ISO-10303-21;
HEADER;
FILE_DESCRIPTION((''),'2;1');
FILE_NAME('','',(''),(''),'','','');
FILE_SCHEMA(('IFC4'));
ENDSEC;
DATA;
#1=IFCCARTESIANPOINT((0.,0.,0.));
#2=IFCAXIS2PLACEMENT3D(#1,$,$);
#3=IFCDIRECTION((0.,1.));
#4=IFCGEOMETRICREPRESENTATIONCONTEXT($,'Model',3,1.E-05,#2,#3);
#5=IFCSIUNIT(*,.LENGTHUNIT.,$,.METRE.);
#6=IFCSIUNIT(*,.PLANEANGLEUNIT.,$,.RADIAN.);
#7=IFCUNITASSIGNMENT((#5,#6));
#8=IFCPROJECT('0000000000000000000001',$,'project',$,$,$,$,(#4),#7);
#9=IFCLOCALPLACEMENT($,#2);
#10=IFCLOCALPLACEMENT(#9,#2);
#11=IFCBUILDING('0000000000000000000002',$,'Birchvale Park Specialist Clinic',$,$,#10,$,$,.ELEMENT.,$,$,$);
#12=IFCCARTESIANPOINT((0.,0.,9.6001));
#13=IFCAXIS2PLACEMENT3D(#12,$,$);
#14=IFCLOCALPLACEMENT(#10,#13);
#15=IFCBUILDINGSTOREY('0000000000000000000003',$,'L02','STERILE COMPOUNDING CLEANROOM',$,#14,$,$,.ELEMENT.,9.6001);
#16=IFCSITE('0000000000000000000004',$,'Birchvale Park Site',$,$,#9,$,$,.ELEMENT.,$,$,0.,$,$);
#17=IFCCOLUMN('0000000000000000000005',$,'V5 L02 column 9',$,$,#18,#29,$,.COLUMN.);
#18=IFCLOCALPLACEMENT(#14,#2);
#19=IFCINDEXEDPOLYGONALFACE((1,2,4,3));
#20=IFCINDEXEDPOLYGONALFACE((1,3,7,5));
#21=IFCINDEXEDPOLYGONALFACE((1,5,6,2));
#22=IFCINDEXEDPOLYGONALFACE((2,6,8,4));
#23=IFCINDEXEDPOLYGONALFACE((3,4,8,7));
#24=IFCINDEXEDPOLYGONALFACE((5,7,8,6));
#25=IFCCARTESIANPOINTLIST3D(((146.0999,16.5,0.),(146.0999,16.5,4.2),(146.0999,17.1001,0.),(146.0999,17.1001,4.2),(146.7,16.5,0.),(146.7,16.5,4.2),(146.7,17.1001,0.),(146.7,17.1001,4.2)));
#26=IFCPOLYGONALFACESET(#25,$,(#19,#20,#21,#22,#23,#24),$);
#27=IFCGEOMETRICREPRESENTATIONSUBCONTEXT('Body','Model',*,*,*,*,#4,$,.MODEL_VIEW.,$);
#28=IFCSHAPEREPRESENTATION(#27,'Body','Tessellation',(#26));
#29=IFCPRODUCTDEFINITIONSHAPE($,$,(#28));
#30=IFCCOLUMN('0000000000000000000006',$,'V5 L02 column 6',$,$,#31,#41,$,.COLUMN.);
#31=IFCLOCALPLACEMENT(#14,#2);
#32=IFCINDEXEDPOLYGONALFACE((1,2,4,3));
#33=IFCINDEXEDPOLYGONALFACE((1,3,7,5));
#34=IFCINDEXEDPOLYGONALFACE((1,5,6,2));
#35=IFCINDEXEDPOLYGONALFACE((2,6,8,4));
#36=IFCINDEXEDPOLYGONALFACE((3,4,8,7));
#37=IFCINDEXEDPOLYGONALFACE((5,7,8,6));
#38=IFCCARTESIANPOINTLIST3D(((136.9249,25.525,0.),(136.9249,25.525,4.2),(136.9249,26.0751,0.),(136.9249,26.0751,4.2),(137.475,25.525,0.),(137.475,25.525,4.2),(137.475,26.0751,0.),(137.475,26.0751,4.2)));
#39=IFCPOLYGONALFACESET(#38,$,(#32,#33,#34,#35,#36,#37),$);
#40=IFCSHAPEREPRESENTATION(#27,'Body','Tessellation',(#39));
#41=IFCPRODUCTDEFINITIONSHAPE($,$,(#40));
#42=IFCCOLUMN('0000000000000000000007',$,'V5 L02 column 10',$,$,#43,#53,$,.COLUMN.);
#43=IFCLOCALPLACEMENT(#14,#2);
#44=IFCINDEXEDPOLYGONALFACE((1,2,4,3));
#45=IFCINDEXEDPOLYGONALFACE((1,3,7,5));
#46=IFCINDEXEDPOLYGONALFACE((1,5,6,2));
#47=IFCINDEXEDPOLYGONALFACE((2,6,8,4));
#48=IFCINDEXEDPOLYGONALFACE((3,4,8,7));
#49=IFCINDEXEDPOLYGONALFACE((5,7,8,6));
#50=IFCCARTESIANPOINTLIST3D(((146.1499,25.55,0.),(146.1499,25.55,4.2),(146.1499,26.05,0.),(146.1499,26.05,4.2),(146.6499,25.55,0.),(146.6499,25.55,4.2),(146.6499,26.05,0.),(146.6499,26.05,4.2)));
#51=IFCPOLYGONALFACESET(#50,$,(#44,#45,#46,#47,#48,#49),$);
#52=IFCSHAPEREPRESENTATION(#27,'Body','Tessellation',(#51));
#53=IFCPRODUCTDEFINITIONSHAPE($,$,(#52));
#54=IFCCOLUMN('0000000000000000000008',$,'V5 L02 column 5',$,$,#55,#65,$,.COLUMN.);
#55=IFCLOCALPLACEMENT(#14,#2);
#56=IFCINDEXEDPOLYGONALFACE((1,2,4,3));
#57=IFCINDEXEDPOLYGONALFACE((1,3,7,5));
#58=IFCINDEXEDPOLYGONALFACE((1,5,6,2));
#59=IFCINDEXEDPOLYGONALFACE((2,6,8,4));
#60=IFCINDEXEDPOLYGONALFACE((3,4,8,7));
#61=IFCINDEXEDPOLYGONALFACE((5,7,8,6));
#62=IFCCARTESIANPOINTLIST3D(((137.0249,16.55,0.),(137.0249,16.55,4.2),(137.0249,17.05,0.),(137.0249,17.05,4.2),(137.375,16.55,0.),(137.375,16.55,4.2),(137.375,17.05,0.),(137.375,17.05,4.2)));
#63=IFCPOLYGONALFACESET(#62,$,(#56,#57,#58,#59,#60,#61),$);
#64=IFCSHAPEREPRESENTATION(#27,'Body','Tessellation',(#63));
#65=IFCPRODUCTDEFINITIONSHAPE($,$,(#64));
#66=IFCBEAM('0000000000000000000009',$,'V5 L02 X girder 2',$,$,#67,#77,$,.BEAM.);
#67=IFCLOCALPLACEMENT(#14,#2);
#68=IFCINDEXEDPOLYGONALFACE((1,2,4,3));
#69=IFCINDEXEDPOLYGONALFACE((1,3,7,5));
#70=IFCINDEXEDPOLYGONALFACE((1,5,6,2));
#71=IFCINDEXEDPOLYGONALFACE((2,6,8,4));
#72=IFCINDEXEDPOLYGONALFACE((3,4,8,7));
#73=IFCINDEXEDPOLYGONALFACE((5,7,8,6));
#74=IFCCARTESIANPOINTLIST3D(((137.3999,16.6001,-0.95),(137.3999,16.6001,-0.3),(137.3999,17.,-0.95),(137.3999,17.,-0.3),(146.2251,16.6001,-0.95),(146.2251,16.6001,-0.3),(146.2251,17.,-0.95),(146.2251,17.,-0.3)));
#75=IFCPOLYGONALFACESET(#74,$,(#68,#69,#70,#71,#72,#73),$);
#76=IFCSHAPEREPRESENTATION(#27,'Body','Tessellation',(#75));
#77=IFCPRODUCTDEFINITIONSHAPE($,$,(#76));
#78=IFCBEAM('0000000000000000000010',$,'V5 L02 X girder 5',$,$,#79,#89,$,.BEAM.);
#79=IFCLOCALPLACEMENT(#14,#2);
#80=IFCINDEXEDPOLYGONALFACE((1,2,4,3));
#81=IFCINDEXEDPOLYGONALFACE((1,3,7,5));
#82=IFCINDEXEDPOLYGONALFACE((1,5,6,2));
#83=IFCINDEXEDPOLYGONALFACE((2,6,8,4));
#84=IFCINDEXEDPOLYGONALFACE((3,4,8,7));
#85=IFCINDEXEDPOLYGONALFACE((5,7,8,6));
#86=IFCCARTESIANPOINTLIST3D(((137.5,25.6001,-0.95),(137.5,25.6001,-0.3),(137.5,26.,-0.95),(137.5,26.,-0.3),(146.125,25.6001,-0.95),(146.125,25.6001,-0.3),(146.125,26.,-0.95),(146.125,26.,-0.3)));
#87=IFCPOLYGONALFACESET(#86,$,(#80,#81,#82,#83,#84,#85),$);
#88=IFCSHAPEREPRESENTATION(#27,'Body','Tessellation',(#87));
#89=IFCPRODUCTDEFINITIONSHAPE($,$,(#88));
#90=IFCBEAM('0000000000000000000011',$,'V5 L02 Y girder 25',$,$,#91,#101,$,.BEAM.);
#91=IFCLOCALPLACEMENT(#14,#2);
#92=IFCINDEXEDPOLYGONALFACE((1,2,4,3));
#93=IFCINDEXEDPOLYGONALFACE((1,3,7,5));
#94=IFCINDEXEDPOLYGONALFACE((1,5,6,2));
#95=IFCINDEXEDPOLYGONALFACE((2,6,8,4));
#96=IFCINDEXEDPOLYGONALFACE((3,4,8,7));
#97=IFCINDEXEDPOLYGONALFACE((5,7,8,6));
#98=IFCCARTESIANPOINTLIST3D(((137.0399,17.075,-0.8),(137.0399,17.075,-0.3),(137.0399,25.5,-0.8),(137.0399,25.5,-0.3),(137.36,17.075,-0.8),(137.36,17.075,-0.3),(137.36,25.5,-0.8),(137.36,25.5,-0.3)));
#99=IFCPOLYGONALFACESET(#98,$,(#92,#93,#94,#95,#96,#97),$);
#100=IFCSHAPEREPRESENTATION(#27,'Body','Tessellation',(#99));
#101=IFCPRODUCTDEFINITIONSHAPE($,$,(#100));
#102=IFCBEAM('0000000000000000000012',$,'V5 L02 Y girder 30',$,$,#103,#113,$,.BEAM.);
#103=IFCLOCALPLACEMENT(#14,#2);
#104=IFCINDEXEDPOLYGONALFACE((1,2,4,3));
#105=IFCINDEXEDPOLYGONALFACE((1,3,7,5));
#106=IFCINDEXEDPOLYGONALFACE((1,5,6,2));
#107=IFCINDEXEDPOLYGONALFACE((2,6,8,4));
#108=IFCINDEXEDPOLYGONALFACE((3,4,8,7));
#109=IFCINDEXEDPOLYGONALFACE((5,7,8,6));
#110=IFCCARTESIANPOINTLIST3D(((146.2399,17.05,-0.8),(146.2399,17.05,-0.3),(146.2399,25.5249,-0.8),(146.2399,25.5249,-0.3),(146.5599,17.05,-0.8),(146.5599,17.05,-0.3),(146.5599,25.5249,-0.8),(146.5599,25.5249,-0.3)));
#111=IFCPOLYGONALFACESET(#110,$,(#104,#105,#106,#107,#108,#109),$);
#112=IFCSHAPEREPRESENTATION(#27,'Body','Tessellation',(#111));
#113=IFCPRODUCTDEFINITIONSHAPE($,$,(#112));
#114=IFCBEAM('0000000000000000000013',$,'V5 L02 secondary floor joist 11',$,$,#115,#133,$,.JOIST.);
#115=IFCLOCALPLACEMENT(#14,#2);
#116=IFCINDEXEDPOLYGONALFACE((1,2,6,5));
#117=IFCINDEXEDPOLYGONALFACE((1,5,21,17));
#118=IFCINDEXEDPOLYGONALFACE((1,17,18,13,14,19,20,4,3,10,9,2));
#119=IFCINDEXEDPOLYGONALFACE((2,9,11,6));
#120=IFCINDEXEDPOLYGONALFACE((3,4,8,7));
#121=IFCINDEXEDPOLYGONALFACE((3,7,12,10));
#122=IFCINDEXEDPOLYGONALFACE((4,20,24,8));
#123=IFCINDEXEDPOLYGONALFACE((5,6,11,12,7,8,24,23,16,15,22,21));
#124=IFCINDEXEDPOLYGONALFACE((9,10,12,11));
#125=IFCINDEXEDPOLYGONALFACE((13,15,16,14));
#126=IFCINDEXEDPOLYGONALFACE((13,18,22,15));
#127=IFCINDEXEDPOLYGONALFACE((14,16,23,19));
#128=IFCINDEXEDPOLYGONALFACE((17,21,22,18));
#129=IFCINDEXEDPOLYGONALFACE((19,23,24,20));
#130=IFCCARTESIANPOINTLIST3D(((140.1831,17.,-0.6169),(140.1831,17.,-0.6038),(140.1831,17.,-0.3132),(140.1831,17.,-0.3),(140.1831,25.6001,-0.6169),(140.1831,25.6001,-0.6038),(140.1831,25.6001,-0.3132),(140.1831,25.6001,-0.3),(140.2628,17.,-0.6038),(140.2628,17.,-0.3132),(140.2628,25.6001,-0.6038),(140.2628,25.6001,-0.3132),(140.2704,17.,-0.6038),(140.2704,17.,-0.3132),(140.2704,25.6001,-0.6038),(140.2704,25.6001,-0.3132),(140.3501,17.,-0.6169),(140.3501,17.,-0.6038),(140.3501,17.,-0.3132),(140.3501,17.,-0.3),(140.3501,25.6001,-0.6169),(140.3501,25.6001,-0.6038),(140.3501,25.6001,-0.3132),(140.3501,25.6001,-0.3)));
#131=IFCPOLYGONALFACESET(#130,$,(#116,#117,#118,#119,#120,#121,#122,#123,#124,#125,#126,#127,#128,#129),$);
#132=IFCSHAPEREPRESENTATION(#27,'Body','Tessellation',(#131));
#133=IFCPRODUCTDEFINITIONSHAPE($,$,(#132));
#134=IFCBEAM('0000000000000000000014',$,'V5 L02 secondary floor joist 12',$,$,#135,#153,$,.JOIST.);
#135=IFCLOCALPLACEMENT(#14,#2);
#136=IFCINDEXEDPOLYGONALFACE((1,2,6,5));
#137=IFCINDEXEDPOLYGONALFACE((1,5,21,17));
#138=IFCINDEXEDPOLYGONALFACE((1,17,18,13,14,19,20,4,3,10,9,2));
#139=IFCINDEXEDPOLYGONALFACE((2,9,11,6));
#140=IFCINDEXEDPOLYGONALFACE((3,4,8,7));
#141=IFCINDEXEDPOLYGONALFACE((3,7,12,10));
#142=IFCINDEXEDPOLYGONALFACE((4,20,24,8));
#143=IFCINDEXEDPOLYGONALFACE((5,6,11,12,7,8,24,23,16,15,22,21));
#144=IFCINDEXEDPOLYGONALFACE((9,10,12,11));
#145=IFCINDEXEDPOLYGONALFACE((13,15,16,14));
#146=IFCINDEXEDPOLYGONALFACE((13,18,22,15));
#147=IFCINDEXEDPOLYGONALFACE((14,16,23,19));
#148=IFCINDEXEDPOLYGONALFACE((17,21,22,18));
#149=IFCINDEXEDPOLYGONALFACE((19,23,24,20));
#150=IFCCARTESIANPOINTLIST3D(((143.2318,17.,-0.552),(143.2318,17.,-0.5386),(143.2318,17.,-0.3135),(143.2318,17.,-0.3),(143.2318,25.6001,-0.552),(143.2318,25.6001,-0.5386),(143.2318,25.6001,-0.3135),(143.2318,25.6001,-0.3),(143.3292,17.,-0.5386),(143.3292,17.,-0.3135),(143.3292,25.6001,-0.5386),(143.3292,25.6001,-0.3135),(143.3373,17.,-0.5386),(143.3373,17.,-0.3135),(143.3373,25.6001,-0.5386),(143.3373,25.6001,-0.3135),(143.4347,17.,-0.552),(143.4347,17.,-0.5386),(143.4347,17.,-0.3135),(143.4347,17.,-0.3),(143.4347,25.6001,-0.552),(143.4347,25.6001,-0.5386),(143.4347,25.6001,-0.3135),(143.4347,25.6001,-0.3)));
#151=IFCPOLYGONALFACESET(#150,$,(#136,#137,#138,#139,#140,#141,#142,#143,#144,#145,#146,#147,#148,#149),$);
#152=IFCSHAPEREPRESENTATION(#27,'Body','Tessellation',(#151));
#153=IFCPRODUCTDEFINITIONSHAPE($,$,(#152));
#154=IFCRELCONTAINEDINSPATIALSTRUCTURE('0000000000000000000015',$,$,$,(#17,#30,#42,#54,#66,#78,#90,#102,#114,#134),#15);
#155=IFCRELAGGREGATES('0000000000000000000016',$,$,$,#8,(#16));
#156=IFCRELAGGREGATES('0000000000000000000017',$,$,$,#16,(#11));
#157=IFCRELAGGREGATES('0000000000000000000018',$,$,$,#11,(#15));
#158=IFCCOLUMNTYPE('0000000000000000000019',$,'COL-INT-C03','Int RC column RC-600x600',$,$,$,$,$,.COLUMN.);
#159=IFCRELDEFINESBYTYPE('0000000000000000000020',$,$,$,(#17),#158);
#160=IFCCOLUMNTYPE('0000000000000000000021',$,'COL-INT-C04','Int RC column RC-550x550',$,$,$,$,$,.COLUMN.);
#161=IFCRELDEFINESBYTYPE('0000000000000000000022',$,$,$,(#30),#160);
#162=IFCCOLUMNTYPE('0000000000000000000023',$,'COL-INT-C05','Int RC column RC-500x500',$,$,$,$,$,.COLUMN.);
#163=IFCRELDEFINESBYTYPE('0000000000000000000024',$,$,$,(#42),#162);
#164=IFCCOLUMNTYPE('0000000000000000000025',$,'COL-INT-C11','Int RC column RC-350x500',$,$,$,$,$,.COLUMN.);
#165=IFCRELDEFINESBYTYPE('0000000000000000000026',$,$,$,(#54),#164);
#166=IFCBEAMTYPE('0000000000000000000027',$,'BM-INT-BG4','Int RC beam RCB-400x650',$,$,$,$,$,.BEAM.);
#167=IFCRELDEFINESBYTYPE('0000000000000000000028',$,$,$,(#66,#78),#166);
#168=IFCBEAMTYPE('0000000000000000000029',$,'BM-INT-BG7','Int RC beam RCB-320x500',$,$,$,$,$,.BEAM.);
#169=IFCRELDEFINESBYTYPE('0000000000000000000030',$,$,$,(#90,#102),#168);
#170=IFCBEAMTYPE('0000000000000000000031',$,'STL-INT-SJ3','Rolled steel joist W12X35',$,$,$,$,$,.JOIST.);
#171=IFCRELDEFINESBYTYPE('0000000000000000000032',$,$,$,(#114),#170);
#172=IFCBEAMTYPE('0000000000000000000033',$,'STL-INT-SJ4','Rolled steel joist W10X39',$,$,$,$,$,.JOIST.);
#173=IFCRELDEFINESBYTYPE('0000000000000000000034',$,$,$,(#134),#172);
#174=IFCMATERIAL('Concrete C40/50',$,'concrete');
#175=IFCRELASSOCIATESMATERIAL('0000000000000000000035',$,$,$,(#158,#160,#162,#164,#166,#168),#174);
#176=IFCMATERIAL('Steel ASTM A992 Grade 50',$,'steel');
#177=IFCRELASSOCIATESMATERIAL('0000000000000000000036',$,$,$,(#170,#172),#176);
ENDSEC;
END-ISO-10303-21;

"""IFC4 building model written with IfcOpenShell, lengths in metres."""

from ifc_helpers import new_model, si_unit, direction, frame, origin, origin_2d, place, context, subcontext, project, spatial, rectangle, i_section, extrude, material, material_profile, profile_set, type_object, element, save


model = new_model("IFC4")

# Units and contexts
model_context = context("Model", 3, precision=1e-05, world=origin(), true_north=direction((0.0, 1.0)))
body_context = subcontext(model_context, "Body", "Model", "MODEL_VIEW")
ifc_project = project(units=[si_unit("LENGTHUNIT", "METRE"), si_unit("PLANEANGLEUNIT", "RADIAN")], contexts=[model_context])

# Site, building, storey
site_placement = place(None, origin())
site = spatial("IfcSite", under=ifc_project, at=site_placement, Name="Birchvale Park Site", CompositionType="ELEMENT", RefElevation=0.0)
building_placement = place(site_placement, origin())
building = spatial("IfcBuilding", under=site, at=building_placement, Name="Birchvale Park Specialist Clinic", CompositionType="ELEMENT")
storey_placement = place(building_placement, frame((0.0, 0.0, 9.6001)))
storey = spatial("IfcBuildingStorey", under=building, at=storey_placement, Name="L02", Description="STERILE COMPOUNDING CLEANROOM", CompositionType="ELEMENT", Elevation=9.6001)

# Columns
ifc_material_1 = material(Name="Concrete C40/50", Category="concrete")
ifc_material_profile_1 = material_profile(ifc_material_1, rectangle(XDim=0.6001, YDim=0.6001, at=origin_2d()), Name="RC-600x600")
ifc_profile_set_1 = profile_set([ifc_material_profile_1], Name="Concrete C40/50")
column_type_1 = type_object("IfcColumnType", Name="COL-INT-C03", Description="Int RC column RC-600x600", PredefinedType="COLUMN", material=ifc_profile_set_1)
column_1_placement = place(storey_placement, frame((146.3999, 16.8, 0.0), z_axis=(0.0, 0.0, 1.0), x_axis=(1.0, 0.0, 0.0)))
element("IfcColumn", 1, at=column_1_placement, inside=storey, type_object=column_type_1, Name="V5 L02 column 9", PredefinedType="COLUMN", context=body_context, shape_type="SweptSolid", body=[
    extrude(rectangle(XDim=0.6001, YDim=0.6001, at=origin_2d()), origin(), (0.0, 0.0, 1.0), 4.2),
])
ifc_material_profile_2 = material_profile(ifc_material_1, rectangle(XDim=0.55, YDim=0.55, at=origin_2d()), Name="RC-550x550")
ifc_profile_set_2 = profile_set([ifc_material_profile_2], Name="Concrete C40/50")
column_type_2 = type_object("IfcColumnType", Name="COL-INT-C04", Description="Int RC column RC-550x550", PredefinedType="COLUMN", material=ifc_profile_set_2)
column_2_placement = place(storey_placement, frame((137.2, 25.8, 0.0), z_axis=(0.0, 0.0, 1.0), x_axis=(1.0, 0.0, 0.0)))
element("IfcColumn", 2, at=column_2_placement, inside=storey, type_object=column_type_2, Name="V5 L02 column 6", PredefinedType="COLUMN", context=body_context, shape_type="SweptSolid", body=[
    extrude(rectangle(XDim=0.55, YDim=0.55, at=origin_2d()), origin(), (0.0, 0.0, 1.0), 4.2),
])
ifc_material_profile_3 = material_profile(ifc_material_1, rectangle(XDim=0.5, YDim=0.5, at=origin_2d()), Name="RC-500x500")
ifc_profile_set_3 = profile_set([ifc_material_profile_3], Name="Concrete C40/50")
column_type_3 = type_object("IfcColumnType", Name="COL-INT-C05", Description="Int RC column RC-500x500", PredefinedType="COLUMN", material=ifc_profile_set_3)
column_3_placement = place(storey_placement, frame((146.3999, 25.8, 0.0), z_axis=(0.0, 0.0, 1.0), x_axis=(1.0, 0.0, 0.0)))
element("IfcColumn", 3, at=column_3_placement, inside=storey, type_object=column_type_3, Name="V5 L02 column 10", PredefinedType="COLUMN", context=body_context, shape_type="SweptSolid", body=[
    extrude(rectangle(XDim=0.5, YDim=0.5, at=origin_2d()), origin(), (0.0, 0.0, 1.0), 4.2),
])
ifc_material_profile_4 = material_profile(ifc_material_1, rectangle(XDim=0.3501, YDim=0.5, at=origin_2d()), Name="RC-350x500")
ifc_profile_set_4 = profile_set([ifc_material_profile_4], Name="Concrete C40/50")
column_type_4 = type_object("IfcColumnType", Name="COL-INT-C11", Description="Int RC column RC-350x500", PredefinedType="COLUMN", material=ifc_profile_set_4)
column_4_placement = place(storey_placement, frame((137.2, 16.8, 0.0), z_axis=(0.0, 0.0, 1.0), x_axis=(1.0, 0.0, 0.0)))
element("IfcColumn", 4, at=column_4_placement, inside=storey, type_object=column_type_4, Name="V5 L02 column 5", PredefinedType="COLUMN", context=body_context, shape_type="SweptSolid", body=[
    extrude(rectangle(XDim=0.3501, YDim=0.5, at=origin_2d()), origin(), (0.0, 0.0, 1.0), 4.2),
])

# Beams
ifc_material_profile_5 = material_profile(ifc_material_1, rectangle(XDim=0.3999, YDim=0.6499, at=origin_2d()), Name="RCB-400x650")
ifc_profile_set_5 = profile_set([ifc_material_profile_5], Name="Concrete C40/50")
beam_type_1 = type_object("IfcBeamType", Name="BM-INT-BG4", Description="Int RC beam RCB-400x650", PredefinedType="BEAM", material=ifc_profile_set_5)
beam_1_placement = place(storey_placement, frame((137.3999, 16.8, -0.625), z_axis=(1.0, 0.0, 0.0), x_axis=(0.0, 1.0, 0.0)))
element("IfcBeam", 5, at=beam_1_placement, inside=storey, type_object=beam_type_1, Name="V5 L02 X girder 2", PredefinedType="BEAM", context=body_context, shape_type="SweptSolid", body=[
    extrude(rectangle(XDim=0.3999, YDim=0.6499, at=origin_2d()), origin(), (0.0, 0.0, 1.0), 8.8252),
])
beam_2_placement = place(storey_placement, frame((137.5, 25.8, -0.625), z_axis=(1.0, 0.0, 0.0), x_axis=(0.0, 1.0, 0.0)))
element("IfcBeam", 6, at=beam_2_placement, inside=storey, type_object=beam_type_1, Name="V5 L02 X girder 5", PredefinedType="BEAM", context=body_context, shape_type="SweptSolid", body=[
    extrude(rectangle(XDim=0.3999, YDim=0.6499, at=origin_2d()), origin(), (0.0, 0.0, 1.0), 8.625),
])
ifc_material_profile_6 = material_profile(ifc_material_1, rectangle(XDim=0.3201, YDim=0.5, at=origin_2d()), Name="RCB-320x500")
ifc_profile_set_6 = profile_set([ifc_material_profile_6], Name="Concrete C40/50")
beam_type_2 = type_object("IfcBeamType", Name="BM-INT-BG7", Description="Int RC beam RCB-320x500", PredefinedType="BEAM", material=ifc_profile_set_6)
beam_3_placement = place(storey_placement, frame((137.2, 17.075, -0.55), z_axis=(0.0, 1.0, 0.0), x_axis=(-1.0, 0.0, 0.0)))
element("IfcBeam", 7, at=beam_3_placement, inside=storey, type_object=beam_type_2, Name="V5 L02 Y girder 25", PredefinedType="BEAM", context=body_context, shape_type="SweptSolid", body=[
    extrude(rectangle(XDim=0.3201, YDim=0.5, at=origin_2d()), origin(), (0.0, 0.0, 1.0), 8.425),
])
beam_4_placement = place(storey_placement, frame((146.3999, 17.05, -0.55), z_axis=(0.0, 1.0, 0.0), x_axis=(-1.0, 0.0, 0.0)))
element("IfcBeam", 8, at=beam_4_placement, inside=storey, type_object=beam_type_2, Name="V5 L02 Y girder 30", PredefinedType="BEAM", context=body_context, shape_type="SweptSolid", body=[
    extrude(rectangle(XDim=0.3201, YDim=0.5, at=origin_2d()), origin(), (0.0, 0.0, 1.0), 8.4749),
])
ifc_material_2 = material(Name="Steel ASTM A992 Grade 50", Category="steel")
ifc_material_profile_7 = material_profile(ifc_material_2, i_section(OverallWidth=0.167, OverallDepth=0.3169, WebThickness=0.0076, FlangeThickness=0.0132, at=origin_2d()), Name="W12X35")
ifc_profile_set_7 = profile_set([ifc_material_profile_7], Name="Steel ASTM A992 Grade 50")
beam_type_3 = type_object("IfcBeamType", Name="STL-INT-SJ3", Description="Rolled steel joist W12X35", PredefinedType="JOIST", material=ifc_profile_set_7)
beam_5_placement = place(storey_placement, frame((140.2666, 17.0, -0.4585), z_axis=(0.0, 1.0, 0.0), x_axis=(-1.0, 0.0, 0.0)))
element("IfcBeam", 9, at=beam_5_placement, inside=storey, type_object=beam_type_3, Name="V5 L02 secondary floor joist 11", PredefinedType="JOIST", context=body_context, shape_type="SweptSolid", body=[
    extrude(i_section(OverallWidth=0.167, OverallDepth=0.3169, WebThickness=0.0076, FlangeThickness=0.0132, at=origin_2d()), origin(), (0.0, 0.0, 1.0), 8.6001),
])
ifc_material_profile_8 = material_profile(ifc_material_2, i_section(OverallWidth=0.2029, OverallDepth=0.252, WebThickness=0.0081, FlangeThickness=0.0134, at=origin_2d()), Name="W10X39")
ifc_profile_set_8 = profile_set([ifc_material_profile_8], Name="Steel ASTM A992 Grade 50")
beam_type_4 = type_object("IfcBeamType", Name="STL-INT-SJ4", Description="Rolled steel joist W10X39", PredefinedType="JOIST", material=ifc_profile_set_8)
beam_6_placement = place(storey_placement, frame((143.3333, 17.0, -0.426), z_axis=(0.0, 1.0, 0.0), x_axis=(-1.0, 0.0, 0.0)))
element("IfcBeam", 10, at=beam_6_placement, inside=storey, type_object=beam_type_4, Name="V5 L02 secondary floor joist 12", PredefinedType="JOIST", context=body_context, shape_type="SweptSolid", body=[
    extrude(i_section(OverallWidth=0.2029, OverallDepth=0.252, WebThickness=0.0081, FlangeThickness=0.0134, at=origin_2d()), origin(), (0.0, 0.0, 1.0), 8.6001),
])

save(model, "model.ifc")
